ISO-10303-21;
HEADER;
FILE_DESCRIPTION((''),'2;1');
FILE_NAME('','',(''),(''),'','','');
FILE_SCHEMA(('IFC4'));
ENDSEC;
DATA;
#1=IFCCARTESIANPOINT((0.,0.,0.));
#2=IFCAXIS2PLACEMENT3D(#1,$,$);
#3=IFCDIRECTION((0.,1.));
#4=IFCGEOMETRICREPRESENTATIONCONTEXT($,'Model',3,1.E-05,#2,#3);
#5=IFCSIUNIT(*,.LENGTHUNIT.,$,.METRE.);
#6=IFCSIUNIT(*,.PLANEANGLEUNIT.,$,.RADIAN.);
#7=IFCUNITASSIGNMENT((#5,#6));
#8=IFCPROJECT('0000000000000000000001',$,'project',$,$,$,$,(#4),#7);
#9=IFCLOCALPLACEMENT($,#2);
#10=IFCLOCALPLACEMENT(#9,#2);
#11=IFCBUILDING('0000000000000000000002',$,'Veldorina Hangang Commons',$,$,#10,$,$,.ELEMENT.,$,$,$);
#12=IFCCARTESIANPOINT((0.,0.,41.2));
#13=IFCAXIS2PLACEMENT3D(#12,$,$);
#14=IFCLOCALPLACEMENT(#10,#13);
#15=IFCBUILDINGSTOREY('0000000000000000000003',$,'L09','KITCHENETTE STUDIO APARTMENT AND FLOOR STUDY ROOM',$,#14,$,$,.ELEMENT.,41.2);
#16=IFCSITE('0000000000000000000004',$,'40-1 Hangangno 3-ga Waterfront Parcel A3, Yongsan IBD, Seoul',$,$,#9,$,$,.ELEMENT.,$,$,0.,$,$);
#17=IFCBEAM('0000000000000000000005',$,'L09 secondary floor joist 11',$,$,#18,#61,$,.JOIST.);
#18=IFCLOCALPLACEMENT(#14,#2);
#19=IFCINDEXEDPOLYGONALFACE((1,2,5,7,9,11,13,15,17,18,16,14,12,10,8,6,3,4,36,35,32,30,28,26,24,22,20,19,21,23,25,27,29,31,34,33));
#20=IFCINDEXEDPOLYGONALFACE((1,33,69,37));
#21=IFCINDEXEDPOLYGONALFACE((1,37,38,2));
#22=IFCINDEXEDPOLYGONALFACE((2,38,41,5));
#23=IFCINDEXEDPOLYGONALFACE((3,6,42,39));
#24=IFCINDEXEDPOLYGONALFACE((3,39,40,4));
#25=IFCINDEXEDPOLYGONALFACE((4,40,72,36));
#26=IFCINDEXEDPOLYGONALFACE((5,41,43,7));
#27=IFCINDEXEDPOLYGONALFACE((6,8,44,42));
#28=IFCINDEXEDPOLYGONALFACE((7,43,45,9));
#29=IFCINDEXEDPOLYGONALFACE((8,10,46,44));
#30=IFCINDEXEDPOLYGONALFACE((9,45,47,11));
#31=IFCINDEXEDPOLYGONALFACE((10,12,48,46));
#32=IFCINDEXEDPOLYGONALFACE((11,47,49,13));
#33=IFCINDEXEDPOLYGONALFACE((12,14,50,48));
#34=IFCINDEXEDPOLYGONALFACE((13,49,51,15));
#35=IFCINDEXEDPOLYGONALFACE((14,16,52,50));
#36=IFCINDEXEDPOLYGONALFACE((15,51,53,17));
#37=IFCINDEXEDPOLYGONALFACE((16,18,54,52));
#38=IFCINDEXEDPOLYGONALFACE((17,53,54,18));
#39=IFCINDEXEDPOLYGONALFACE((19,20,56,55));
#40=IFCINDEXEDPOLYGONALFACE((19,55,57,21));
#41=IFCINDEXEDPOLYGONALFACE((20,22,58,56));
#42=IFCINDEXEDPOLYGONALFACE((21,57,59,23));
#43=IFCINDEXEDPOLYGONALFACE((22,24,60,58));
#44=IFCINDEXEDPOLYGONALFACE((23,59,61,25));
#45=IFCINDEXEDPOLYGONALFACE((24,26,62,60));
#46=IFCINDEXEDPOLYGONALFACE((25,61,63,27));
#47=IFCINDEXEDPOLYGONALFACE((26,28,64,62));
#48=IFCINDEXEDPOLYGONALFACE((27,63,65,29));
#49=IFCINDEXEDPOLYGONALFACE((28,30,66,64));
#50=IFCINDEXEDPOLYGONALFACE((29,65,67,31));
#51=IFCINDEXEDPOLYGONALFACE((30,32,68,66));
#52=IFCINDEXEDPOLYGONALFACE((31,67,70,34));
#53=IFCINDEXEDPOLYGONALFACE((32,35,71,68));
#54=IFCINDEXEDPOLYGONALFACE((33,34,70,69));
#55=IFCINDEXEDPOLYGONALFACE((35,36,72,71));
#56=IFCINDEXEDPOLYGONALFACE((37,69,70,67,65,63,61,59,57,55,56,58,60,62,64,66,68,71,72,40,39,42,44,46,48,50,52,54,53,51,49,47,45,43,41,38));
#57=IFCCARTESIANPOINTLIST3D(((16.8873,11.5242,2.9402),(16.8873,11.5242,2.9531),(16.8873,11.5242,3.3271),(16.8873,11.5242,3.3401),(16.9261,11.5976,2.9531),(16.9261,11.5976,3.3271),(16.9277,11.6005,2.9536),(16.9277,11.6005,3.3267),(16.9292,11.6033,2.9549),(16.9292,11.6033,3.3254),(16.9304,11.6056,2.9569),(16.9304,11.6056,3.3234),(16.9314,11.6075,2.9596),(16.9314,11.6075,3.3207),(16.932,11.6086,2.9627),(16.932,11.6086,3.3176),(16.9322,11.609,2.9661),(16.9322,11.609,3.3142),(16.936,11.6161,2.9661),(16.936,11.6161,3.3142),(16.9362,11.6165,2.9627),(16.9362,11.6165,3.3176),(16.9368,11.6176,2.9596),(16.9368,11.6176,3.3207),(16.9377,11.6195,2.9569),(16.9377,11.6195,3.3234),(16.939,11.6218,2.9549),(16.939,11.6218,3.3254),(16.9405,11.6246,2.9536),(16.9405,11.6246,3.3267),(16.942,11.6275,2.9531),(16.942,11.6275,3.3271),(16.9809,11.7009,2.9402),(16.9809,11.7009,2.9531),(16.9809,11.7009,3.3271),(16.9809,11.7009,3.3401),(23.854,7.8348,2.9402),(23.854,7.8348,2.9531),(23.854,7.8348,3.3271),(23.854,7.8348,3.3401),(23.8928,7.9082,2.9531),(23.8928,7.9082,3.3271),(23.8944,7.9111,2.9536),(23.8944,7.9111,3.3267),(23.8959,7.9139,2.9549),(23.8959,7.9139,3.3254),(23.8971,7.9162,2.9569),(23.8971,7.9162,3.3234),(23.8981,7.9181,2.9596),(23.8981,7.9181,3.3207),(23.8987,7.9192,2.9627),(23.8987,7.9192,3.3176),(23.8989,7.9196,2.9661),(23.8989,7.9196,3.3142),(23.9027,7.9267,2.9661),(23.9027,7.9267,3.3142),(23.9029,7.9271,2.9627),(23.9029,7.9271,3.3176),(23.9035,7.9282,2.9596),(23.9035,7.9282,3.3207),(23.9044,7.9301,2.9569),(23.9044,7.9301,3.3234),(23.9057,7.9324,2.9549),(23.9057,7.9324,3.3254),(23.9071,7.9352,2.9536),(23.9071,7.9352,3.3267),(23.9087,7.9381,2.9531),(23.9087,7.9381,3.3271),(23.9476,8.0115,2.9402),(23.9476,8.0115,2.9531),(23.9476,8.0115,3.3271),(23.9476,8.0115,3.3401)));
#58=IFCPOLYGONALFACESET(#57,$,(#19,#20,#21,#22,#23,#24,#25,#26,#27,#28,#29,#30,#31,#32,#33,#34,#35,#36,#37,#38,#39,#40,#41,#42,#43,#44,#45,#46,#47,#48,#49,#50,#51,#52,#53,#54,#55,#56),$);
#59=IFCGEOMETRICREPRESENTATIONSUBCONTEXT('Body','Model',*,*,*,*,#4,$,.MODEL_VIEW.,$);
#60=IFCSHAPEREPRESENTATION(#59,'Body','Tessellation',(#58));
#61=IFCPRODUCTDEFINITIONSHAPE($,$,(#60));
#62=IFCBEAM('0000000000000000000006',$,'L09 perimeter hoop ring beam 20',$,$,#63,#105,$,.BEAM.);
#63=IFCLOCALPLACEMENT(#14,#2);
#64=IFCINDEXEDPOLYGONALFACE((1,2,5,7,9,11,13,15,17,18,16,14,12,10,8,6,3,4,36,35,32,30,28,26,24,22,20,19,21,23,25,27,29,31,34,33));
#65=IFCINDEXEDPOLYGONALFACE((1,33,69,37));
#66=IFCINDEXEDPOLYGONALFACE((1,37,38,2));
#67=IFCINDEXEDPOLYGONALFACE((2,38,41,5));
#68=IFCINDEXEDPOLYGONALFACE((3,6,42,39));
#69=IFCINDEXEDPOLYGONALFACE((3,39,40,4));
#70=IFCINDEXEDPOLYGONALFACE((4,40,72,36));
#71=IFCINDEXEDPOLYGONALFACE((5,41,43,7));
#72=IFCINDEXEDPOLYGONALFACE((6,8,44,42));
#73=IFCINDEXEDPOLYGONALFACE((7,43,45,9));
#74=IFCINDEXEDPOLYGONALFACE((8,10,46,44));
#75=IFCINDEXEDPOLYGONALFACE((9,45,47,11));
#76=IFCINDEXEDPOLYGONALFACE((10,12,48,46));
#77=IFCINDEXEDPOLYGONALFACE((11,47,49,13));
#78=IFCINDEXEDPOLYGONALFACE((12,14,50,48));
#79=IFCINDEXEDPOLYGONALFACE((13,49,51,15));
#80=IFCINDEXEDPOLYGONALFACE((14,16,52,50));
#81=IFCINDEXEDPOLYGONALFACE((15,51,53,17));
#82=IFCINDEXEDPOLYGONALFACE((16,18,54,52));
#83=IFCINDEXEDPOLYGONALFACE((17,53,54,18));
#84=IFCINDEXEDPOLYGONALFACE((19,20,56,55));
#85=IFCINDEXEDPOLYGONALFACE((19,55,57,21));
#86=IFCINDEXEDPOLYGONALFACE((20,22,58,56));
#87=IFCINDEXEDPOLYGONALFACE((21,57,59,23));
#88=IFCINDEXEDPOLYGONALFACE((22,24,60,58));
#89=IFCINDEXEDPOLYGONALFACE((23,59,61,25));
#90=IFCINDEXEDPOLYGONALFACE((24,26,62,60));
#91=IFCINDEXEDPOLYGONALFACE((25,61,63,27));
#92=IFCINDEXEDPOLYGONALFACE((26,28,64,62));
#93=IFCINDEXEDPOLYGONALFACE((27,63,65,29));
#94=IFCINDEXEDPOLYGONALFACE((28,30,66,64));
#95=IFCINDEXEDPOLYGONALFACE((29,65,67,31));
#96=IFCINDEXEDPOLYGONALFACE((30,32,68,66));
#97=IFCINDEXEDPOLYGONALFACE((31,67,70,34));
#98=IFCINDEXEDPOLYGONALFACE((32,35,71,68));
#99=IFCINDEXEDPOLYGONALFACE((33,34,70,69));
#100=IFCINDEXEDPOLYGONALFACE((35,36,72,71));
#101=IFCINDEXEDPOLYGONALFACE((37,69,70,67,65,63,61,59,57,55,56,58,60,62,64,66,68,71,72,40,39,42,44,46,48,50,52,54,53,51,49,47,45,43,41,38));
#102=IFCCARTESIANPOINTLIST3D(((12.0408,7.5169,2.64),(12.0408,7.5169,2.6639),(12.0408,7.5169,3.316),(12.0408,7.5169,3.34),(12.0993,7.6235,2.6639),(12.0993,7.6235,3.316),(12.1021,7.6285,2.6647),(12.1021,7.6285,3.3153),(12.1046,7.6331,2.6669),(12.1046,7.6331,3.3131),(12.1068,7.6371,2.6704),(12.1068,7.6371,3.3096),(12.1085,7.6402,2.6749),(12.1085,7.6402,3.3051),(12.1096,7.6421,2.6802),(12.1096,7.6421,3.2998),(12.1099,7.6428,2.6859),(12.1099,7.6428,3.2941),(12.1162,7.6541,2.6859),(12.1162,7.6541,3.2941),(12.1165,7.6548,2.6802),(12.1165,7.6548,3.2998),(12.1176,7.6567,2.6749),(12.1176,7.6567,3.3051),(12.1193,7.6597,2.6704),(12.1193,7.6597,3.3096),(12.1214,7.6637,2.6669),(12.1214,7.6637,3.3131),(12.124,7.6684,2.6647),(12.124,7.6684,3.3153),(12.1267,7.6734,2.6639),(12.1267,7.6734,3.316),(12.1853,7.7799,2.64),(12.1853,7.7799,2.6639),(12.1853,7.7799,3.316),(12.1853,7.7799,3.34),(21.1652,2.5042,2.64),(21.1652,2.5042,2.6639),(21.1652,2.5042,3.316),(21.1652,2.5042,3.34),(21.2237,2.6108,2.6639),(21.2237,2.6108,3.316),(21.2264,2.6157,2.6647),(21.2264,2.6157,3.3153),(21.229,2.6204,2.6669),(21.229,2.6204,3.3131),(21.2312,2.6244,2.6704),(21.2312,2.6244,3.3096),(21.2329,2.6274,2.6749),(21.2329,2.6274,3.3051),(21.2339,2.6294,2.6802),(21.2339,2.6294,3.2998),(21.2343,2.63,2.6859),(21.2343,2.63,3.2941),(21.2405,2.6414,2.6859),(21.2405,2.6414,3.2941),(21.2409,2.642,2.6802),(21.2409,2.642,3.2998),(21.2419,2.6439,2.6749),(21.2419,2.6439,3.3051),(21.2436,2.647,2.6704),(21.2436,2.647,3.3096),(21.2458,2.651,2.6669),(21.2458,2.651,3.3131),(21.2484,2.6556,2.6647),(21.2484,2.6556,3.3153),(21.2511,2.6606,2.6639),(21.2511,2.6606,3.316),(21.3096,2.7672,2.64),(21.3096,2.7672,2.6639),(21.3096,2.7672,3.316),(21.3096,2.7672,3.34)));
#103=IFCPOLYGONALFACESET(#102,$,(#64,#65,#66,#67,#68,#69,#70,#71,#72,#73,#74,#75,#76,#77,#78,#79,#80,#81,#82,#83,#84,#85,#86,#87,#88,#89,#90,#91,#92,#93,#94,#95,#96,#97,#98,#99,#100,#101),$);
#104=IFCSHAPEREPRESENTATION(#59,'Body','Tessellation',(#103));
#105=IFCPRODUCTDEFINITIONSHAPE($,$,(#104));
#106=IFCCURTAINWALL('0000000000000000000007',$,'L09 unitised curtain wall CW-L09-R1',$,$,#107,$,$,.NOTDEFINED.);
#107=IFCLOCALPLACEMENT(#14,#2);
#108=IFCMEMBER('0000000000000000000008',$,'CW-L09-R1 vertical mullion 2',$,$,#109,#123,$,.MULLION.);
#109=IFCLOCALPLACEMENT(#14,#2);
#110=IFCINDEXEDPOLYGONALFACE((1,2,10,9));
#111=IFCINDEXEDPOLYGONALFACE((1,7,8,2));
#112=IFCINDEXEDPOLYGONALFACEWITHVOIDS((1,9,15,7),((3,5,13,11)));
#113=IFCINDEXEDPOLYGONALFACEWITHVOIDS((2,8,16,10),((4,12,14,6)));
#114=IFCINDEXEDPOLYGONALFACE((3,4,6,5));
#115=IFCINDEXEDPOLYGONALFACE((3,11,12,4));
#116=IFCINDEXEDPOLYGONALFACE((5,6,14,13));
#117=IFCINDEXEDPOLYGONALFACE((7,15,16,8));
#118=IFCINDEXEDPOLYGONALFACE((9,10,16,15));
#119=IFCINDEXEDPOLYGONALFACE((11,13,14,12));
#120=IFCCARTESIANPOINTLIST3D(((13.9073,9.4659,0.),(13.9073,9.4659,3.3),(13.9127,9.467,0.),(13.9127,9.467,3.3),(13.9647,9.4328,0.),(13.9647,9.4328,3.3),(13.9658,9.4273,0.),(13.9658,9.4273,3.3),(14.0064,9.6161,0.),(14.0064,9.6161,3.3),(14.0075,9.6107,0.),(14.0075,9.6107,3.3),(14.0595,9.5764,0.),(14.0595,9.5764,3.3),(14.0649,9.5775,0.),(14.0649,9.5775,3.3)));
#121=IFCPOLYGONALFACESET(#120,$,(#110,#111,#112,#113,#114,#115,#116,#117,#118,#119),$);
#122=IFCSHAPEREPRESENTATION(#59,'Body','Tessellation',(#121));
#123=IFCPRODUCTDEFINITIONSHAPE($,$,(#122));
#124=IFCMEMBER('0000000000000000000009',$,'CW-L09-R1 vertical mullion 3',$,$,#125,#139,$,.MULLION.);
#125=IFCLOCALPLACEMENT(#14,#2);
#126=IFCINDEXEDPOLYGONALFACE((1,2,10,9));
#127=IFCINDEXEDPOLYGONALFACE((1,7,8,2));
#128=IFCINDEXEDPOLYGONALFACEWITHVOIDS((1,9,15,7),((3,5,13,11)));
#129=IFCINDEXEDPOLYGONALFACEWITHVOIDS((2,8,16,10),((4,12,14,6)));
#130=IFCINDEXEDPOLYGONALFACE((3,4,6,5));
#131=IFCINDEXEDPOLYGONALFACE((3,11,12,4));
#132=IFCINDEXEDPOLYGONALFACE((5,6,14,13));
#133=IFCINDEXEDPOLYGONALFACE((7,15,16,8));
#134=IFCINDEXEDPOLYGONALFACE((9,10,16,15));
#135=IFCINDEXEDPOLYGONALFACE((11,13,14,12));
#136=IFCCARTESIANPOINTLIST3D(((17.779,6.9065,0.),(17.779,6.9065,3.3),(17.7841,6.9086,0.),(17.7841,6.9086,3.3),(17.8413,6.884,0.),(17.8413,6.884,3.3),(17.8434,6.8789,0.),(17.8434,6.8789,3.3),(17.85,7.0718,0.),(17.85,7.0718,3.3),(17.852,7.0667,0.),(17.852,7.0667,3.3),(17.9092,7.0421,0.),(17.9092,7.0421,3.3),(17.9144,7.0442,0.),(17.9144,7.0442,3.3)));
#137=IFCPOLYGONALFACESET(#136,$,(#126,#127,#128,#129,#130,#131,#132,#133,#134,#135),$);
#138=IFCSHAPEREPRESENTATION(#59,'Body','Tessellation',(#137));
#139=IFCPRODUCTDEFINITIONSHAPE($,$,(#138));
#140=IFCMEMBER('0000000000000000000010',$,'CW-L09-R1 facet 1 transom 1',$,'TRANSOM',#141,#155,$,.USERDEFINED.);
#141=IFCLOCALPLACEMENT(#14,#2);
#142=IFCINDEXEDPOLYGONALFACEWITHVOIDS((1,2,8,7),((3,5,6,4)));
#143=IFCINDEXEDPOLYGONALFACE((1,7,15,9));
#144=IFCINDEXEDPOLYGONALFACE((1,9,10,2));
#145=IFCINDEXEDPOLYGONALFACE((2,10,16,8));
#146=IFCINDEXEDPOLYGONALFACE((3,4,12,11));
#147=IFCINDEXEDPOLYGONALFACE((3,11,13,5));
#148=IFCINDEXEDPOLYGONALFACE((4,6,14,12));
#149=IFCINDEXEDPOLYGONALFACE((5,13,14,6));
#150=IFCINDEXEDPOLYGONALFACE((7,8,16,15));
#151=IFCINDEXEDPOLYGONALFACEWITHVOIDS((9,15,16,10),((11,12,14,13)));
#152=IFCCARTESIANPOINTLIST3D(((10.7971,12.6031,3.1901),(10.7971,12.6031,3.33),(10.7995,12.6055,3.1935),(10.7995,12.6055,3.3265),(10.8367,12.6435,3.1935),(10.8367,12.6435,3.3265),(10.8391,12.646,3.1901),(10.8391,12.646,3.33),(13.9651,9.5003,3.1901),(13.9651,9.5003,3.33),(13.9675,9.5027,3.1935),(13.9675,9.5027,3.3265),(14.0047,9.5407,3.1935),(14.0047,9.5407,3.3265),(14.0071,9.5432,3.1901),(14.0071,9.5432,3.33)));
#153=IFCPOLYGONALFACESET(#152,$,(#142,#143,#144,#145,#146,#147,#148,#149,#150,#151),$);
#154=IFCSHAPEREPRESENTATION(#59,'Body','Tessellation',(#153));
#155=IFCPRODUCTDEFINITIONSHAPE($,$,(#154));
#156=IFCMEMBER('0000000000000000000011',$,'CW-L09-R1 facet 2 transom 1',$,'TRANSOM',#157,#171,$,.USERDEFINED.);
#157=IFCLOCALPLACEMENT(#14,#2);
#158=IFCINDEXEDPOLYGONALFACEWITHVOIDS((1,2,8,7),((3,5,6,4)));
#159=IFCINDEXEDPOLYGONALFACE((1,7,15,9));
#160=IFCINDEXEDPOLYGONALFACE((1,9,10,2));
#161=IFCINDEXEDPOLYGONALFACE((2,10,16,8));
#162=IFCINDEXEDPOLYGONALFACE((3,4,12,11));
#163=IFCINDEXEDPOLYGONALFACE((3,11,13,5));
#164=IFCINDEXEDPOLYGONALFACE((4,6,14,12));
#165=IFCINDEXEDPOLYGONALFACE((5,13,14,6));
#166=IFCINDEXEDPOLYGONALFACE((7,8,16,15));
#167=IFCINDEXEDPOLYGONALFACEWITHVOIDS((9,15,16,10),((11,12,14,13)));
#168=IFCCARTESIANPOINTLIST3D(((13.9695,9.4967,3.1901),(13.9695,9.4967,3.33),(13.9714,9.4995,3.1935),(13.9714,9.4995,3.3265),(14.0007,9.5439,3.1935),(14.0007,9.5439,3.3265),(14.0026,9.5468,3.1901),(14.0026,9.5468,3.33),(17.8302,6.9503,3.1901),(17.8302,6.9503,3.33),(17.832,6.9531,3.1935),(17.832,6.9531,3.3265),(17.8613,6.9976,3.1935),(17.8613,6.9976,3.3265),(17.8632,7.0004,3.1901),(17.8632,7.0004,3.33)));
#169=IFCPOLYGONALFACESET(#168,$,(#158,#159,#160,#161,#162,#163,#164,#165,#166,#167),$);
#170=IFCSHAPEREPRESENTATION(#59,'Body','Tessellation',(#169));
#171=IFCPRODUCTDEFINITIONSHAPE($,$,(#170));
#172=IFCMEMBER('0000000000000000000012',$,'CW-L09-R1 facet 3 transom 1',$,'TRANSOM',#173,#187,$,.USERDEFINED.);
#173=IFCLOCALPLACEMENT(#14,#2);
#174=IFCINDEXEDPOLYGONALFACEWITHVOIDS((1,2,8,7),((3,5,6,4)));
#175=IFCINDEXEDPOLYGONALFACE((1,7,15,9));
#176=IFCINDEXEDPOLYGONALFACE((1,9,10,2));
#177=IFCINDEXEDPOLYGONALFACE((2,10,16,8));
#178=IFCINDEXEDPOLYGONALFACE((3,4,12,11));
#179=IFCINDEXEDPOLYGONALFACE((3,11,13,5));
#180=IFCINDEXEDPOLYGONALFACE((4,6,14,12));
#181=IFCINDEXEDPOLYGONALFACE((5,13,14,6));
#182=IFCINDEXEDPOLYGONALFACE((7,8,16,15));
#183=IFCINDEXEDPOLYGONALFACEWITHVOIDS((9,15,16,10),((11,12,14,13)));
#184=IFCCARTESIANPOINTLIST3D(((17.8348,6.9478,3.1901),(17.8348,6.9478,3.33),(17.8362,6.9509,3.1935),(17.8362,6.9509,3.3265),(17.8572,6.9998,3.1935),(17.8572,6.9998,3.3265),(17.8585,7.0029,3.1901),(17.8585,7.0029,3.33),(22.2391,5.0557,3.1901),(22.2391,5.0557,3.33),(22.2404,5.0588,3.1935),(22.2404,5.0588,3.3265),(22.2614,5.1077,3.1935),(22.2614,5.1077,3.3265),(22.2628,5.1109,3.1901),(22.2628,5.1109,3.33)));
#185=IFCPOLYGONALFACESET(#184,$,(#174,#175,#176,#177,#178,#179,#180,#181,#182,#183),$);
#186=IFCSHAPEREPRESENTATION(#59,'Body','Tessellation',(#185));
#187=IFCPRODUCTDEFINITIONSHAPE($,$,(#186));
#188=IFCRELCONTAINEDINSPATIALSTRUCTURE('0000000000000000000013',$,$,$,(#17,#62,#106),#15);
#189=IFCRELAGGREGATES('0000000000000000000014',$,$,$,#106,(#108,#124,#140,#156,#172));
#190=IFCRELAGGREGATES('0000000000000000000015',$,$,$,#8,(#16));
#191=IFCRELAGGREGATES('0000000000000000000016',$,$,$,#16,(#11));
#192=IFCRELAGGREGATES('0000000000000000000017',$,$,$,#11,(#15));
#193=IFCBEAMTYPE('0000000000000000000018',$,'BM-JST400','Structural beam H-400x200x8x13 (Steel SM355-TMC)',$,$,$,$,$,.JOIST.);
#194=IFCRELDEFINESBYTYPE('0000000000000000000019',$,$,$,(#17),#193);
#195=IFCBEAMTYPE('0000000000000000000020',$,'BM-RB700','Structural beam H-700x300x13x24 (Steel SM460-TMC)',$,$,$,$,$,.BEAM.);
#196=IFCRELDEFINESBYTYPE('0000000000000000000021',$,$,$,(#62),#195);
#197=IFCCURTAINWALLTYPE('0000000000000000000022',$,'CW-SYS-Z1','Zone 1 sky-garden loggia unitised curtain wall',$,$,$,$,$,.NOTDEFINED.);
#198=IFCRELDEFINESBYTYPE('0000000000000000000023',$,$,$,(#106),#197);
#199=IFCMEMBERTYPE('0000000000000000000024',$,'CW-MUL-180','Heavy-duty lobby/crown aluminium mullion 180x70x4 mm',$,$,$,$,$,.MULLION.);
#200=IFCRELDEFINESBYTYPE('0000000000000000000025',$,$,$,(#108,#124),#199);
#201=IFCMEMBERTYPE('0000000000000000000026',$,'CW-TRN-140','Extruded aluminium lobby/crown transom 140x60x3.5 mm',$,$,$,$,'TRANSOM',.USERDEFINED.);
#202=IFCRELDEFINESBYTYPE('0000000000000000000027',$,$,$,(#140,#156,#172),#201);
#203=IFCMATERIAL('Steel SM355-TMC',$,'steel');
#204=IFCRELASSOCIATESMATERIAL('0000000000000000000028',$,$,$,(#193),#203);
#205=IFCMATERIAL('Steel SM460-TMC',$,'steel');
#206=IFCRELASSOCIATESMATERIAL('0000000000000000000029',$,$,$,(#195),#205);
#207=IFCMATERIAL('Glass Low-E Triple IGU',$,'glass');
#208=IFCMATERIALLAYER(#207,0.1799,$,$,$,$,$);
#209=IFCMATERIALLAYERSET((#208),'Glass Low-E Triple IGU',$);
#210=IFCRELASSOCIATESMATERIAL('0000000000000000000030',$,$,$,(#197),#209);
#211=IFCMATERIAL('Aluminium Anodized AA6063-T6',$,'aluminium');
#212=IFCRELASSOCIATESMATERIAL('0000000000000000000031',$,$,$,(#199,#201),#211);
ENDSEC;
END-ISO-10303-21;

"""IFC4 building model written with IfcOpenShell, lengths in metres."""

from ifc_helpers import new_model, si_unit, direction, frame, origin, origin_2d, place, context, subcontext, project, spatial, hollow_rectangle, i_section, extrude, material, layer, layer_set, material_profile, profile_set, type_object, element, aggregate, save


model = new_model("IFC4")

# Units and contexts
model_context = context("Model", 3, precision=1e-05, world=origin(), true_north=direction((0.0, 1.0)))
body_context = subcontext(model_context, "Body", "Model", "MODEL_VIEW")
ifc_project = project(units=[si_unit("LENGTHUNIT", "METRE"), si_unit("PLANEANGLEUNIT", "RADIAN")], contexts=[model_context])

# Site, building, storey
site_placement = place(None, origin())
site = spatial("IfcSite", under=ifc_project, at=site_placement, Name="40-1 Hangangno 3-ga Waterfront Parcel A3, Yongsan IBD, Seoul", CompositionType="ELEMENT", RefElevation=0.0)
building_placement = place(site_placement, origin())
building = spatial("IfcBuilding", under=site, at=building_placement, Name="Veldorina Hangang Commons", CompositionType="ELEMENT")
storey_placement = place(building_placement, frame((0.0, 0.0, 41.2)))
storey = spatial("IfcBuildingStorey", under=building, at=storey_placement, Name="L09", Description="KITCHENETTE STUDIO APARTMENT AND FLOOR STUDY ROOM", CompositionType="ELEMENT", Elevation=41.2)

# Beams
ifc_material_1 = material(Name="Steel SM355-TMC", Category="steel")
ifc_material_profile_1 = material_profile(ifc_material_1, i_section(OverallWidth=0.2, OverallDepth=0.3999, WebThickness=0.0081, FlangeThickness=0.0129, FilletRadius=0.0129, at=origin_2d()), Name="H-400x200x8x13")
ifc_profile_set_1 = profile_set([ifc_material_profile_1], Name="Steel SM355-TMC")
beam_type_1 = type_object("IfcBeamType", Name="BM-JST400", Description="Structural beam H-400x200x8x13 (Steel SM355-TMC)", PredefinedType="JOIST", material=ifc_profile_set_1)
beam_1_placement = place(storey_placement, frame((16.9341, 11.6125, 3.1401), z_axis=(0.883728, -0.468002, 0.0), x_axis=(0.468002, 0.883728, 0.0)))
element("IfcBeam", 1, at=beam_1_placement, inside=storey, type_object=beam_type_1, Name="L09 secondary floor joist 11", PredefinedType="JOIST", context=body_context, shape_type="SweptSolid", body=[
    extrude(i_section(OverallWidth=0.2, OverallDepth=0.3999, WebThickness=0.0081, FlangeThickness=0.0129, FilletRadius=0.0129, at=origin_2d()), origin(), (0.0, 0.0, 1.0), 7.8833),
])
ifc_material_2 = material(Name="Steel SM460-TMC", Category="steel")
ifc_material_profile_2 = material_profile(ifc_material_2, i_section(OverallWidth=0.3, OverallDepth=0.7, WebThickness=0.0129, FlangeThickness=0.0239, FilletRadius=0.022, at=origin_2d()), Name="H-700x300x13x24")
ifc_profile_set_2 = profile_set([ifc_material_profile_2], Name="Steel SM460-TMC")
beam_type_2 = type_object("IfcBeamType", Name="BM-RB700", Description="Structural beam H-700x300x13x24 (Steel SM460-TMC)", PredefinedType="BEAM", material=ifc_profile_set_2)
beam_2_placement = place(storey_placement, frame((12.113, 7.6484, 2.99), z_axis=(0.876445, -0.481502, 0.0), x_axis=(0.481502, 0.876445, 0.0)))
element("IfcBeam", 2, at=beam_2_placement, inside=storey, type_object=beam_type_2, Name="L09 perimeter hoop ring beam 20", PredefinedType="BEAM", context=body_context, shape_type="SweptSolid", body=[
    extrude(i_section(OverallWidth=0.3, OverallDepth=0.7, WebThickness=0.0129, FlangeThickness=0.0239, FilletRadius=0.022, at=origin_2d()), origin(), (0.0, 0.0, 1.0), 10.4106),
])

# Curtain wall, members
ifc_material_3 = material(Name="Glass Low-E Triple IGU", Category="glass")
ifc_layer_1 = layer(ifc_material_3, 0.1799)
ifc_layer_set_1 = layer_set([ifc_layer_1], Name="Glass Low-E Triple IGU")
curtain_wall_type = type_object("IfcCurtainWallType", Name="CW-SYS-Z1", Description="Zone 1 sky-garden loggia unitised curtain wall", PredefinedType="NOTDEFINED", material=ifc_layer_set_1)
curtain_wall_placement = place(storey_placement, origin())
curtain_wall = element("IfcCurtainWall", 3, at=curtain_wall_placement, inside=storey, type_object=curtain_wall_type, Name="L09 unitised curtain wall CW-L09-R1", PredefinedType="NOTDEFINED")
ifc_material_4 = material(Name="Aluminium Anodized AA6063-T6", Category="aluminium")
ifc_material_profile_3 = material_profile(ifc_material_4, hollow_rectangle(XDim=0.0701, YDim=0.1799, WallThickness=0.0039, at=origin_2d()), Name="ALU-RHS-180x70x4")
ifc_profile_set_3 = profile_set([ifc_material_profile_3], Name="Aluminium Anodized AA6063-T6")
member_type_1 = type_object("IfcMemberType", Name="CW-MUL-180", Description="Heavy-duty lobby/crown aluminium mullion 180x70x4 mm", PredefinedType="MULLION", material=ifc_profile_set_3)
member_1_placement = place(storey_placement, frame((13.9861, 9.5217, 0.0), z_axis=(0.0, 0.0, 1.0), x_axis=(0.834752, -0.550626, 0.0)))
member_1 = element("IfcMember", 4, at=member_1_placement, type_object=member_type_1, Name="CW-L09-R1 vertical mullion 2", PredefinedType="MULLION", context=body_context, shape_type="SweptSolid", body=[
    extrude(hollow_rectangle(XDim=0.0701, YDim=0.1799, WallThickness=0.0039, at=origin_2d()), origin(), (0.0, 0.0, 1.0), 3.3),
])
member_2_placement = place(storey_placement, frame((17.8467, 6.9753, 0.0), z_axis=(0.0, 0.0, 1.0), x_axis=(0.918805, -0.394712, 0.0)))
member_2 = element("IfcMember", 5, at=member_2_placement, type_object=member_type_1, Name="CW-L09-R1 vertical mullion 3", PredefinedType="MULLION", context=body_context, shape_type="SweptSolid", body=[
    extrude(hollow_rectangle(XDim=0.0701, YDim=0.1799, WallThickness=0.0039, at=origin_2d()), origin(), (0.0, 0.0, 1.0), 3.3),
])
ifc_material_profile_4 = material_profile(ifc_material_4, hollow_rectangle(XDim=0.0601, YDim=0.1399, WallThickness=0.0034, at=origin_2d()), Name="ALU-RHS-140x60x3.5")
ifc_profile_set_4 = profile_set([ifc_material_profile_4], Name="Aluminium Anodized AA6063-T6")
member_type_2 = type_object("IfcMemberType", Name="CW-TRN-140", Description="Extruded aluminium lobby/crown transom 140x60x3.5 mm", ElementType="TRANSOM", PredefinedType="USERDEFINED", material=ifc_profile_set_4)
member_3_placement = place(storey_placement, frame((10.8181, 12.6245, 3.26), z_axis=(0.714419, -0.699718, 0.0), x_axis=(0.699718, 0.714419, 0.0)))
member_3 = element("IfcMember", 6, at=member_3_placement, type_object=member_type_2, Name="CW-L09-R1 facet 1 transom 1", ObjectType="TRANSOM", PredefinedType="USERDEFINED", context=body_context, shape_type="SweptSolid", body=[
    extrude(hollow_rectangle(XDim=0.0601, YDim=0.1399, WallThickness=0.0034, at=origin_2d()), origin(), (0.0, 0.0, 1.0), 4.4343),
])
member_4_placement = place(storey_placement, frame((13.9861, 9.5217, 3.26), z_axis=(0.834769, -0.5506, 0.0), x_axis=(0.5506, 0.834769, 0.0)))
member_4 = element("IfcMember", 7, at=member_4_placement, type_object=member_type_2, Name="CW-L09-R1 facet 2 transom 1", ObjectType="TRANSOM", PredefinedType="USERDEFINED", context=body_context, shape_type="SweptSolid", body=[
    extrude(hollow_rectangle(XDim=0.0601, YDim=0.1399, WallThickness=0.0034, at=origin_2d()), origin(), (0.0, 0.0, 1.0), 4.6248),
])
member_5_placement = place(storey_placement, frame((17.8467, 6.9753, 3.26), z_axis=(0.918802, -0.394718, 0.0), x_axis=(0.394718, 0.918802, 0.0)))
member_5 = element("IfcMember", 8, at=member_5_placement, type_object=member_type_2, Name="CW-L09-R1 facet 3 transom 1", ObjectType="TRANSOM", PredefinedType="USERDEFINED", context=body_context, shape_type="SweptSolid", body=[
    extrude(hollow_rectangle(XDim=0.0601, YDim=0.1399, WallThickness=0.0034, at=origin_2d()), origin(), (0.0, 0.0, 1.0), 4.7935),
])

aggregate(curtain_wall, [member_1, member_2, member_3, member_4, member_5])

save(model, "model.ifc")
